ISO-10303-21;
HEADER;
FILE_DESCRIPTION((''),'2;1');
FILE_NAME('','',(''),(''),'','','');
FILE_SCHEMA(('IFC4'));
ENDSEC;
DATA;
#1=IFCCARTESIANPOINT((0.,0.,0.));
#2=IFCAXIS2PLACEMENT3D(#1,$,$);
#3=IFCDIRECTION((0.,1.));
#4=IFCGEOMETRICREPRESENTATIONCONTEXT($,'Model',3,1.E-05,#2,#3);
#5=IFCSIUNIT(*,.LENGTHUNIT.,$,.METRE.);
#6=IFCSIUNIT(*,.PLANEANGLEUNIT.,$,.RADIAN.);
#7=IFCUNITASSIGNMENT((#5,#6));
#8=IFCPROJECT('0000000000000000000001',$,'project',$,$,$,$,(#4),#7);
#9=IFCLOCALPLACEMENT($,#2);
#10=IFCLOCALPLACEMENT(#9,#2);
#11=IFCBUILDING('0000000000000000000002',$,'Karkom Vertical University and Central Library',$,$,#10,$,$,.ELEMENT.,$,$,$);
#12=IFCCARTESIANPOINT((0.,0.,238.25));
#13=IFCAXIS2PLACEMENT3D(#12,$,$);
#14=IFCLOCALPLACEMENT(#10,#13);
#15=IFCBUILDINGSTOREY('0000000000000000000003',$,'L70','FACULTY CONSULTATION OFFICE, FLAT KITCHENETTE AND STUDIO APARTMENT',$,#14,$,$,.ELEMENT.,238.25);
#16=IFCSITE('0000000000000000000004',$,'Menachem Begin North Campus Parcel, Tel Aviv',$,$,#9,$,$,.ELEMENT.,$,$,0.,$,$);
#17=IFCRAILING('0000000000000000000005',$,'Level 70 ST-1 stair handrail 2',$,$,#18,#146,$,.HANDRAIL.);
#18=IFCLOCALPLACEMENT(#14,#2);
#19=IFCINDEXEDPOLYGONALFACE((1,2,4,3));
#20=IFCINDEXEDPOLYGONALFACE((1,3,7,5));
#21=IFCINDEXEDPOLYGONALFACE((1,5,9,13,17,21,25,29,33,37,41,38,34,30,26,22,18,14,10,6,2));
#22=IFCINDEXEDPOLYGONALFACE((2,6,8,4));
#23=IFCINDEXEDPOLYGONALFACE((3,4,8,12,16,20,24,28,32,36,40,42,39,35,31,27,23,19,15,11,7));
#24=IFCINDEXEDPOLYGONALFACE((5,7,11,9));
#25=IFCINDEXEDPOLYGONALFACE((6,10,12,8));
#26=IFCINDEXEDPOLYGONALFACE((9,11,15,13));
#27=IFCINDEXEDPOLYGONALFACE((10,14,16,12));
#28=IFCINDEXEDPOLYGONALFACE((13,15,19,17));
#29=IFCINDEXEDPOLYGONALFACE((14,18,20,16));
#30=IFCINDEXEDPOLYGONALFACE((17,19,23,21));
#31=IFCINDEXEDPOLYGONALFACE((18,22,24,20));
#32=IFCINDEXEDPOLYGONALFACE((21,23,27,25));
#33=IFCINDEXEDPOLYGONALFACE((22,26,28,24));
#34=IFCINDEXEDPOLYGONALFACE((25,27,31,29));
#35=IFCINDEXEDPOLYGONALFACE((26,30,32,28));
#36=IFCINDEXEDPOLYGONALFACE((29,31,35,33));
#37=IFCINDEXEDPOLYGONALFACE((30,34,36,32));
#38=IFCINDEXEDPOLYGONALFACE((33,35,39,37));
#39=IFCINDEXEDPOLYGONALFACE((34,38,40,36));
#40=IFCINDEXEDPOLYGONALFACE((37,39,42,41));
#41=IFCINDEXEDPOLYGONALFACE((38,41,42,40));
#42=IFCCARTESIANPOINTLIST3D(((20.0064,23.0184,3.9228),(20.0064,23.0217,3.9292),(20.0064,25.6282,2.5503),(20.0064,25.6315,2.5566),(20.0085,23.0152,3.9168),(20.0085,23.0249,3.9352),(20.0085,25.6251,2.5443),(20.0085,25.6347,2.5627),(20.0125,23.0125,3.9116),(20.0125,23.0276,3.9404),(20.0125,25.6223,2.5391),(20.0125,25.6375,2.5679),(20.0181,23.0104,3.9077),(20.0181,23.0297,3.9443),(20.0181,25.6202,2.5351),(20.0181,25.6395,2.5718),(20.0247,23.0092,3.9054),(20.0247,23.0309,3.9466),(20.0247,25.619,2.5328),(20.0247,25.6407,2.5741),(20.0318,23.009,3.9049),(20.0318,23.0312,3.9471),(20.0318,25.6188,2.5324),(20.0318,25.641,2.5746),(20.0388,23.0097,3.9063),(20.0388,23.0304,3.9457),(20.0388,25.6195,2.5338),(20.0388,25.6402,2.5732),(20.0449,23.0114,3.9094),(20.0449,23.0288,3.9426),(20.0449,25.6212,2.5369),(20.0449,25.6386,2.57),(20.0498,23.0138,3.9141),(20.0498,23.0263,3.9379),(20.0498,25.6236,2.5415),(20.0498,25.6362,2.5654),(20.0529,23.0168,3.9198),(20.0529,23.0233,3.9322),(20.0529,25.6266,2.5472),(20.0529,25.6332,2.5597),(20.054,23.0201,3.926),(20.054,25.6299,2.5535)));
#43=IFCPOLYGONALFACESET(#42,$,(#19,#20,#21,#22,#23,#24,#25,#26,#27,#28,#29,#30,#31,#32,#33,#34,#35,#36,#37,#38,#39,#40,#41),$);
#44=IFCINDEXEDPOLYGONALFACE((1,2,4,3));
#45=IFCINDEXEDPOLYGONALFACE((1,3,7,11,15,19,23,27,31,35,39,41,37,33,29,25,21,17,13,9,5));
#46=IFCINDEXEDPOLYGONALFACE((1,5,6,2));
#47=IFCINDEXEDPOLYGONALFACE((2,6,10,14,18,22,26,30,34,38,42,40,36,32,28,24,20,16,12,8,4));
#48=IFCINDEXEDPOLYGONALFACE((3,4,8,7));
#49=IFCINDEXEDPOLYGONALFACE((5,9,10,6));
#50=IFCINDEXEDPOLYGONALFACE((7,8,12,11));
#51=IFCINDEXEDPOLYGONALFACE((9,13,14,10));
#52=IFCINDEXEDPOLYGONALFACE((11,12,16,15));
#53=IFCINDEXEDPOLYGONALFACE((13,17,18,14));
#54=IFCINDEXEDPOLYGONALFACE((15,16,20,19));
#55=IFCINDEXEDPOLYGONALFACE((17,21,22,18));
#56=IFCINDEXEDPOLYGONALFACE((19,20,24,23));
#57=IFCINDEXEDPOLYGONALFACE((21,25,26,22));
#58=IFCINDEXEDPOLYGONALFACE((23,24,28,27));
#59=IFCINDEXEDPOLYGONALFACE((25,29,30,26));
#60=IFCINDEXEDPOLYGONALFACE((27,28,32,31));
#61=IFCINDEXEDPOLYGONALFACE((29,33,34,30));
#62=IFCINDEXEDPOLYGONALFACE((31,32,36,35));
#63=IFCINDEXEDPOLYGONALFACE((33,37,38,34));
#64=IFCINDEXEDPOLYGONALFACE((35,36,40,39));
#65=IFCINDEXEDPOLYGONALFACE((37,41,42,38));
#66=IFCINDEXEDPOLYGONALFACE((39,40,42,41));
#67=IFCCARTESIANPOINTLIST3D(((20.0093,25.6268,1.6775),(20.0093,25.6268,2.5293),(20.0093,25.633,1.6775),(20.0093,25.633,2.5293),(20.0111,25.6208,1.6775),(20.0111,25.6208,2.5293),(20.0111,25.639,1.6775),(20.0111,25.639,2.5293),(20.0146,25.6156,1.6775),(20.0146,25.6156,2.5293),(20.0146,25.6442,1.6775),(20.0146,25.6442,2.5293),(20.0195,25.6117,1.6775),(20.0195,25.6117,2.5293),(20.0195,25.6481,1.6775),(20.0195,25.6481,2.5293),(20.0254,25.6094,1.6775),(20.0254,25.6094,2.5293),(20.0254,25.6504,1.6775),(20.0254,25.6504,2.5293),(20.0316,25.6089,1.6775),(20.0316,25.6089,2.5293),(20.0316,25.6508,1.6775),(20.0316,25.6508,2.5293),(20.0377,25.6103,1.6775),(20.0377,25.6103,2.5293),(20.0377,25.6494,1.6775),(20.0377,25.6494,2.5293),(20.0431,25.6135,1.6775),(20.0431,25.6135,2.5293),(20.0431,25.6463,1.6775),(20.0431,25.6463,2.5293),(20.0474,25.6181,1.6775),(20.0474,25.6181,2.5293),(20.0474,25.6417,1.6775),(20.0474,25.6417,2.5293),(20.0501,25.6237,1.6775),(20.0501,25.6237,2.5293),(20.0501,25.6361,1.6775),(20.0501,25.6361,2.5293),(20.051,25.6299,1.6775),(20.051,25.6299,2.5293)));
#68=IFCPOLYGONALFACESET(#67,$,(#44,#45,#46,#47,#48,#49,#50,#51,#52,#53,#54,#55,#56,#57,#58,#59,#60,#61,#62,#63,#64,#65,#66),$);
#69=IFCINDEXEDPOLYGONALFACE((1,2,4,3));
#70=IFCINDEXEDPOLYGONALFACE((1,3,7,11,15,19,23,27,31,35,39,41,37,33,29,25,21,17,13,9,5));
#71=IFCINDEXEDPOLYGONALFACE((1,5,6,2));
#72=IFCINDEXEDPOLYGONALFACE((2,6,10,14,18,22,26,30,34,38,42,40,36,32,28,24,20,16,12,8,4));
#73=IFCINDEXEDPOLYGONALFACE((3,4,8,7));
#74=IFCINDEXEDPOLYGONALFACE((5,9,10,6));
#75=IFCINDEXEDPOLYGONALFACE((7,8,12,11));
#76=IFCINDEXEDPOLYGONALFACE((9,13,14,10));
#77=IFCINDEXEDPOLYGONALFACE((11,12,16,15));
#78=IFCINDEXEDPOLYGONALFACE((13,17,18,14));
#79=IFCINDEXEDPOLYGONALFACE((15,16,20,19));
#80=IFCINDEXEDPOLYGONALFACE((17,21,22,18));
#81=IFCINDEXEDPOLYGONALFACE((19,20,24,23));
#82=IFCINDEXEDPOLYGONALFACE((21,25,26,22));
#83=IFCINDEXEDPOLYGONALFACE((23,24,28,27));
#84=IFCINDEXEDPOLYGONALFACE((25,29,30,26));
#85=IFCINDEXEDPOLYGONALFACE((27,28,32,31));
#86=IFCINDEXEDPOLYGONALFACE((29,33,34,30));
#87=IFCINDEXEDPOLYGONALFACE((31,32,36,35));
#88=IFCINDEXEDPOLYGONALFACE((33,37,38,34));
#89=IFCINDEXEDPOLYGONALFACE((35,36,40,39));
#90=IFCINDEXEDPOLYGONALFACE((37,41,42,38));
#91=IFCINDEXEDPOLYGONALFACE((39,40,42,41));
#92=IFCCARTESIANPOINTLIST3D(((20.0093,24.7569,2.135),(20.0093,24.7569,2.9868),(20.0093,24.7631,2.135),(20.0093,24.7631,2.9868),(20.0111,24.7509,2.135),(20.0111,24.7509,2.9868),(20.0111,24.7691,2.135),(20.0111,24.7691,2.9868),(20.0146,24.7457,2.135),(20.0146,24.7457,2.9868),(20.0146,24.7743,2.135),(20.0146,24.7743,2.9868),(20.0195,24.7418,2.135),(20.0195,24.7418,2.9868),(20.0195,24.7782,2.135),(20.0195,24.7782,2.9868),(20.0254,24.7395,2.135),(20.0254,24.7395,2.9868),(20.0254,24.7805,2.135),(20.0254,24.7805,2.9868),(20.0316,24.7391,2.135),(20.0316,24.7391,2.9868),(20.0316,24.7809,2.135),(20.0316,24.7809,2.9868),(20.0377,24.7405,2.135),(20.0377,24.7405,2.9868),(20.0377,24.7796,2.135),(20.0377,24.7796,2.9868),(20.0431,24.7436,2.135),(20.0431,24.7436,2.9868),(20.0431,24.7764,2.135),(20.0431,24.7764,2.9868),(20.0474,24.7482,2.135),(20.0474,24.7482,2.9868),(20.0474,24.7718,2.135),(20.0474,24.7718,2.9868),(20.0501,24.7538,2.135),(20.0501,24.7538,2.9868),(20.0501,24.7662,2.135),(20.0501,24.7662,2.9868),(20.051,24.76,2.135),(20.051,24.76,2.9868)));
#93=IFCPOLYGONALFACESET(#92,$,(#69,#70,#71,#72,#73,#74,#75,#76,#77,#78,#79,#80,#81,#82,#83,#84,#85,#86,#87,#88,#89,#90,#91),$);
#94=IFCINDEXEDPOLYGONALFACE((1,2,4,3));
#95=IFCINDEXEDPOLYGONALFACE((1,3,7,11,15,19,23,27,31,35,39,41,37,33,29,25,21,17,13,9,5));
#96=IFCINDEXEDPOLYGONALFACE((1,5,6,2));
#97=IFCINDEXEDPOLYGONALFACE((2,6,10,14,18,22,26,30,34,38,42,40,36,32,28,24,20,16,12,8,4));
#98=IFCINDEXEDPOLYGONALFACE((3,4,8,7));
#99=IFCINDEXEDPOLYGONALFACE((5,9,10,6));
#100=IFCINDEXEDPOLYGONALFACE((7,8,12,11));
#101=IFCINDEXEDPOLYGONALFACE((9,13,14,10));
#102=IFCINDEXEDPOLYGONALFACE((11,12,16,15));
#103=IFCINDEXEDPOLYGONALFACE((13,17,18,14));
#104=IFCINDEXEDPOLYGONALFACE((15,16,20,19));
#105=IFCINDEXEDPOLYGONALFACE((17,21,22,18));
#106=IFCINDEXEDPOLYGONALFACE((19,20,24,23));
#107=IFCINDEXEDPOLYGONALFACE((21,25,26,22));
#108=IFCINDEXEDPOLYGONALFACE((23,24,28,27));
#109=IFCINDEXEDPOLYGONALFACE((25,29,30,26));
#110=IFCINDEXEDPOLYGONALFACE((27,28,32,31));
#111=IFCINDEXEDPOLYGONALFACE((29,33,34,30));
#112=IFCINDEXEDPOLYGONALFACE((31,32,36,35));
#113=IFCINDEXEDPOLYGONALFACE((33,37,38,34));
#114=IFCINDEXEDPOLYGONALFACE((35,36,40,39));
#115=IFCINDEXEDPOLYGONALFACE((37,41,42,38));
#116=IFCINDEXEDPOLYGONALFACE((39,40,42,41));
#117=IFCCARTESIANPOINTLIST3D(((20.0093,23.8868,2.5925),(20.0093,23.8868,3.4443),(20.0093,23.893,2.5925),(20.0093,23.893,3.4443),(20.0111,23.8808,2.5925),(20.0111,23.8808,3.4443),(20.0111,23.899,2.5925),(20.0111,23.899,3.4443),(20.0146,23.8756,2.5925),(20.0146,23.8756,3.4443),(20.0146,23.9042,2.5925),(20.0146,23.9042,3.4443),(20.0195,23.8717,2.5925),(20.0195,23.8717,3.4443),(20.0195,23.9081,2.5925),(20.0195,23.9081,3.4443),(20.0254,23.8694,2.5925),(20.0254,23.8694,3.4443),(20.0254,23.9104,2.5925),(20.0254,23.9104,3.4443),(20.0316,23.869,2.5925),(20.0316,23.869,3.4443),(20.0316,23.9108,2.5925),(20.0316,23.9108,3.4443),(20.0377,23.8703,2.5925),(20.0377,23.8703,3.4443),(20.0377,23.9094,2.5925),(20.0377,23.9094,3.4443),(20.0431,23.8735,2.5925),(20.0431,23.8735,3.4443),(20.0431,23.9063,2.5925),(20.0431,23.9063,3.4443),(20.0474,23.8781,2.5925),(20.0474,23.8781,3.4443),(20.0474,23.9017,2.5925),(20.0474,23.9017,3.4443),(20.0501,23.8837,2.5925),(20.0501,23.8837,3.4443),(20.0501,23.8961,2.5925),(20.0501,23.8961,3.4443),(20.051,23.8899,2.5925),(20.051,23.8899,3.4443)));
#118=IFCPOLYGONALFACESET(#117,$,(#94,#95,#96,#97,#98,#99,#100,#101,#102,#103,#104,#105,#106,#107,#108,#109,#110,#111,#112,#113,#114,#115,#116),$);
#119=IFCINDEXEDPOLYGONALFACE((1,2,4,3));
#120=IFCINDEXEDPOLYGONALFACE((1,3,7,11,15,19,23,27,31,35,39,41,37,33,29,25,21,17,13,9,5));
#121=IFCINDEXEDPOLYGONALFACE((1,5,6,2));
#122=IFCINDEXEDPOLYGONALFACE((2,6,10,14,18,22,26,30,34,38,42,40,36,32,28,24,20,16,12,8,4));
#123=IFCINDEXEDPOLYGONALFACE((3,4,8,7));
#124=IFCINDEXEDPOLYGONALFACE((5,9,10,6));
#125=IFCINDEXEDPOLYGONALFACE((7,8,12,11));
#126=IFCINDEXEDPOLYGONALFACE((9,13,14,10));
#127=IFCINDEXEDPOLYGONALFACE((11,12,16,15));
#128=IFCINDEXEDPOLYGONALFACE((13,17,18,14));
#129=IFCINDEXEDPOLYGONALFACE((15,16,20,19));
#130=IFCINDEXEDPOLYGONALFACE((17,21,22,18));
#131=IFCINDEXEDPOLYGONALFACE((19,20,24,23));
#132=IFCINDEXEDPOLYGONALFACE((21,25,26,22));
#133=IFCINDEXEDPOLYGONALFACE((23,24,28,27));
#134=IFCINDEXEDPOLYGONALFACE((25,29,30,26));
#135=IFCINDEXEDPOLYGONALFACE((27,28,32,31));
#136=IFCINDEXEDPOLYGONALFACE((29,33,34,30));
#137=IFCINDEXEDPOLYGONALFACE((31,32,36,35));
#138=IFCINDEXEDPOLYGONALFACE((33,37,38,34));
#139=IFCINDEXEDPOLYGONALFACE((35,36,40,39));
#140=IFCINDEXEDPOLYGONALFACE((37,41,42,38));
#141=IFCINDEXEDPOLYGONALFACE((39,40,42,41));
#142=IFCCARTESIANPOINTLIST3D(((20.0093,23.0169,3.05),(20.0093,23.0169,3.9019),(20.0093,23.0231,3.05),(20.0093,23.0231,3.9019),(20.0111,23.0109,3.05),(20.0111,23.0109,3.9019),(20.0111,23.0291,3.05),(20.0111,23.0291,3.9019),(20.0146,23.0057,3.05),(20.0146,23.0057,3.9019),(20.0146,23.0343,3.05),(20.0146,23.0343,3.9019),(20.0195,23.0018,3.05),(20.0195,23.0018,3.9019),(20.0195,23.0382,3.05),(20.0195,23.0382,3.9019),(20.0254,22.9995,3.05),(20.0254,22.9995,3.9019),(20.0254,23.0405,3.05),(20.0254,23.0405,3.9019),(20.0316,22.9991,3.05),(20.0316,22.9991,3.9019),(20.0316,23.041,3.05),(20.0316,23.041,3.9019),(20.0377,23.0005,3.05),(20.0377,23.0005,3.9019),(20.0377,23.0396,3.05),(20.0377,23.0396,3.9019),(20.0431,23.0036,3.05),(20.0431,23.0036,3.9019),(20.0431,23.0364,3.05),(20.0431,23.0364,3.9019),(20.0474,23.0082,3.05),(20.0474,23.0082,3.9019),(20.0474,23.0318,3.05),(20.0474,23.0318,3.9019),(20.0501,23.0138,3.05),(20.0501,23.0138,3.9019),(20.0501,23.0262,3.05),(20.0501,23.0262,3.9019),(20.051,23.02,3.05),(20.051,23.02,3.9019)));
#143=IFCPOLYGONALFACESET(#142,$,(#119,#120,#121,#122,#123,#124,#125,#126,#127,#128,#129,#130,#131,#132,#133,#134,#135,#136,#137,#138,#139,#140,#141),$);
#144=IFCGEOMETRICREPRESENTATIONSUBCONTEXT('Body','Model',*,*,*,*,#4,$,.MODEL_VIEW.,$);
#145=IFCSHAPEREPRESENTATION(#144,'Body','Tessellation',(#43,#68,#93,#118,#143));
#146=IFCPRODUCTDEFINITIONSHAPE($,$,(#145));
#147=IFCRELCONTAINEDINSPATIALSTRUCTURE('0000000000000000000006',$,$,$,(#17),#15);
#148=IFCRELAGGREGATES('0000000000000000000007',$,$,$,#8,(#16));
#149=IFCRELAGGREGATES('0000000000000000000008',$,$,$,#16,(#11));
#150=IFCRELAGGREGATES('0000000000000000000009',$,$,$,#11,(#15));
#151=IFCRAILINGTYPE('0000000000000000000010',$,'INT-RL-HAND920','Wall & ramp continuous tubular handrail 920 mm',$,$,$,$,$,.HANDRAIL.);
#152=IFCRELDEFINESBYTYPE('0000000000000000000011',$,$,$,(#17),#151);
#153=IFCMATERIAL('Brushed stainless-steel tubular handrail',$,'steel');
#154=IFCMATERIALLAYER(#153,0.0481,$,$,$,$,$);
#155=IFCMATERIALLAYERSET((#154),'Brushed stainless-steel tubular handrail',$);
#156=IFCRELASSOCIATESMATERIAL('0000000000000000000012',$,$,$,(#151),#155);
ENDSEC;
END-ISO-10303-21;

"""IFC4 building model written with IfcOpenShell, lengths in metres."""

from ifc_helpers import new_model, si_unit, direction, frame, origin, origin_2d, place, context, subcontext, project, spatial, circle, extrude, material, layer, layer_set, type_object, element, save


model = new_model("IFC4")

# Units and contexts
model_context = context("Model", 3, precision=1e-05, world=origin(), true_north=direction((0.0, 1.0)))
body_context = subcontext(model_context, "Body", "Model", "MODEL_VIEW")
ifc_project = project(units=[si_unit("LENGTHUNIT", "METRE"), si_unit("PLANEANGLEUNIT", "RADIAN")], contexts=[model_context])

# Site, building, storey
site_placement = place(None, origin())
site = spatial("IfcSite", under=ifc_project, at=site_placement, Name="Menachem Begin North Campus Parcel, Tel Aviv", CompositionType="ELEMENT", RefElevation=0.0)
building_placement = place(site_placement, origin())
building = spatial("IfcBuilding", under=site, at=building_placement, Name="Karkom Vertical University and Central Library", CompositionType="ELEMENT")
storey_placement = place(building_placement, frame((0.0, 0.0, 238.25)))
storey = spatial("IfcBuildingStorey", under=building, at=storey_placement, Name="L70", Description="FACULTY CONSULTATION OFFICE, FLAT KITCHENETTE AND STUDIO APARTMENT", CompositionType="ELEMENT", Elevation=238.25)

# Railing
ifc_material_1 = material(Name="Brushed stainless-steel tubular handrail", Category="steel")
ifc_layer_1 = layer(ifc_material_1, 0.0481)
ifc_layer_set_1 = layer_set([ifc_layer_1], Name="Brushed stainless-steel tubular handrail")
railing_type_1 = type_object("IfcRailingType", Name="INT-RL-HAND920", Description="Wall & ramp continuous tubular handrail 920 mm", PredefinedType="HANDRAIL", material=ifc_layer_set_1)
railing_1_placement = place(storey_placement, frame((20.03, 25.6299, 1.6775)))
element("IfcRailing", 1, at=railing_1_placement, inside=storey, type_object=railing_type_1, Name="Level 70 ST-1 stair handrail 2", PredefinedType="HANDRAIL", context=body_context, shape_type="SweptSolid", body=[
    extrude(circle(Radius=0.0239, at=origin_2d()), frame((0.0, 0.0, 0.876), z_axis=(0.0, -0.885065, 0.465467), x_axis=(1.0, 0.0, 0.0)), (0.0, 0.0, 1.0), 2.9487),
    extrude(circle(Radius=0.021, at=origin_2d()), origin(), (0.0, 0.0, 1.0), 0.8518),
    extrude(circle(Radius=0.021, at=origin_2d()), frame((0.0, -0.8699, 0.4575)), (0.0, 0.0, 1.0), 0.8518),
    extrude(circle(Radius=0.021, at=origin_2d()), frame((0.0, -1.74, 0.915)), (0.0, 0.0, 1.0), 0.8518),
    extrude(circle(Radius=0.021, at=origin_2d()), frame((0.0, -2.6099, 1.3726)), (0.0, 0.0, 1.0), 0.8518),
])

save(model, "model.ifc")
